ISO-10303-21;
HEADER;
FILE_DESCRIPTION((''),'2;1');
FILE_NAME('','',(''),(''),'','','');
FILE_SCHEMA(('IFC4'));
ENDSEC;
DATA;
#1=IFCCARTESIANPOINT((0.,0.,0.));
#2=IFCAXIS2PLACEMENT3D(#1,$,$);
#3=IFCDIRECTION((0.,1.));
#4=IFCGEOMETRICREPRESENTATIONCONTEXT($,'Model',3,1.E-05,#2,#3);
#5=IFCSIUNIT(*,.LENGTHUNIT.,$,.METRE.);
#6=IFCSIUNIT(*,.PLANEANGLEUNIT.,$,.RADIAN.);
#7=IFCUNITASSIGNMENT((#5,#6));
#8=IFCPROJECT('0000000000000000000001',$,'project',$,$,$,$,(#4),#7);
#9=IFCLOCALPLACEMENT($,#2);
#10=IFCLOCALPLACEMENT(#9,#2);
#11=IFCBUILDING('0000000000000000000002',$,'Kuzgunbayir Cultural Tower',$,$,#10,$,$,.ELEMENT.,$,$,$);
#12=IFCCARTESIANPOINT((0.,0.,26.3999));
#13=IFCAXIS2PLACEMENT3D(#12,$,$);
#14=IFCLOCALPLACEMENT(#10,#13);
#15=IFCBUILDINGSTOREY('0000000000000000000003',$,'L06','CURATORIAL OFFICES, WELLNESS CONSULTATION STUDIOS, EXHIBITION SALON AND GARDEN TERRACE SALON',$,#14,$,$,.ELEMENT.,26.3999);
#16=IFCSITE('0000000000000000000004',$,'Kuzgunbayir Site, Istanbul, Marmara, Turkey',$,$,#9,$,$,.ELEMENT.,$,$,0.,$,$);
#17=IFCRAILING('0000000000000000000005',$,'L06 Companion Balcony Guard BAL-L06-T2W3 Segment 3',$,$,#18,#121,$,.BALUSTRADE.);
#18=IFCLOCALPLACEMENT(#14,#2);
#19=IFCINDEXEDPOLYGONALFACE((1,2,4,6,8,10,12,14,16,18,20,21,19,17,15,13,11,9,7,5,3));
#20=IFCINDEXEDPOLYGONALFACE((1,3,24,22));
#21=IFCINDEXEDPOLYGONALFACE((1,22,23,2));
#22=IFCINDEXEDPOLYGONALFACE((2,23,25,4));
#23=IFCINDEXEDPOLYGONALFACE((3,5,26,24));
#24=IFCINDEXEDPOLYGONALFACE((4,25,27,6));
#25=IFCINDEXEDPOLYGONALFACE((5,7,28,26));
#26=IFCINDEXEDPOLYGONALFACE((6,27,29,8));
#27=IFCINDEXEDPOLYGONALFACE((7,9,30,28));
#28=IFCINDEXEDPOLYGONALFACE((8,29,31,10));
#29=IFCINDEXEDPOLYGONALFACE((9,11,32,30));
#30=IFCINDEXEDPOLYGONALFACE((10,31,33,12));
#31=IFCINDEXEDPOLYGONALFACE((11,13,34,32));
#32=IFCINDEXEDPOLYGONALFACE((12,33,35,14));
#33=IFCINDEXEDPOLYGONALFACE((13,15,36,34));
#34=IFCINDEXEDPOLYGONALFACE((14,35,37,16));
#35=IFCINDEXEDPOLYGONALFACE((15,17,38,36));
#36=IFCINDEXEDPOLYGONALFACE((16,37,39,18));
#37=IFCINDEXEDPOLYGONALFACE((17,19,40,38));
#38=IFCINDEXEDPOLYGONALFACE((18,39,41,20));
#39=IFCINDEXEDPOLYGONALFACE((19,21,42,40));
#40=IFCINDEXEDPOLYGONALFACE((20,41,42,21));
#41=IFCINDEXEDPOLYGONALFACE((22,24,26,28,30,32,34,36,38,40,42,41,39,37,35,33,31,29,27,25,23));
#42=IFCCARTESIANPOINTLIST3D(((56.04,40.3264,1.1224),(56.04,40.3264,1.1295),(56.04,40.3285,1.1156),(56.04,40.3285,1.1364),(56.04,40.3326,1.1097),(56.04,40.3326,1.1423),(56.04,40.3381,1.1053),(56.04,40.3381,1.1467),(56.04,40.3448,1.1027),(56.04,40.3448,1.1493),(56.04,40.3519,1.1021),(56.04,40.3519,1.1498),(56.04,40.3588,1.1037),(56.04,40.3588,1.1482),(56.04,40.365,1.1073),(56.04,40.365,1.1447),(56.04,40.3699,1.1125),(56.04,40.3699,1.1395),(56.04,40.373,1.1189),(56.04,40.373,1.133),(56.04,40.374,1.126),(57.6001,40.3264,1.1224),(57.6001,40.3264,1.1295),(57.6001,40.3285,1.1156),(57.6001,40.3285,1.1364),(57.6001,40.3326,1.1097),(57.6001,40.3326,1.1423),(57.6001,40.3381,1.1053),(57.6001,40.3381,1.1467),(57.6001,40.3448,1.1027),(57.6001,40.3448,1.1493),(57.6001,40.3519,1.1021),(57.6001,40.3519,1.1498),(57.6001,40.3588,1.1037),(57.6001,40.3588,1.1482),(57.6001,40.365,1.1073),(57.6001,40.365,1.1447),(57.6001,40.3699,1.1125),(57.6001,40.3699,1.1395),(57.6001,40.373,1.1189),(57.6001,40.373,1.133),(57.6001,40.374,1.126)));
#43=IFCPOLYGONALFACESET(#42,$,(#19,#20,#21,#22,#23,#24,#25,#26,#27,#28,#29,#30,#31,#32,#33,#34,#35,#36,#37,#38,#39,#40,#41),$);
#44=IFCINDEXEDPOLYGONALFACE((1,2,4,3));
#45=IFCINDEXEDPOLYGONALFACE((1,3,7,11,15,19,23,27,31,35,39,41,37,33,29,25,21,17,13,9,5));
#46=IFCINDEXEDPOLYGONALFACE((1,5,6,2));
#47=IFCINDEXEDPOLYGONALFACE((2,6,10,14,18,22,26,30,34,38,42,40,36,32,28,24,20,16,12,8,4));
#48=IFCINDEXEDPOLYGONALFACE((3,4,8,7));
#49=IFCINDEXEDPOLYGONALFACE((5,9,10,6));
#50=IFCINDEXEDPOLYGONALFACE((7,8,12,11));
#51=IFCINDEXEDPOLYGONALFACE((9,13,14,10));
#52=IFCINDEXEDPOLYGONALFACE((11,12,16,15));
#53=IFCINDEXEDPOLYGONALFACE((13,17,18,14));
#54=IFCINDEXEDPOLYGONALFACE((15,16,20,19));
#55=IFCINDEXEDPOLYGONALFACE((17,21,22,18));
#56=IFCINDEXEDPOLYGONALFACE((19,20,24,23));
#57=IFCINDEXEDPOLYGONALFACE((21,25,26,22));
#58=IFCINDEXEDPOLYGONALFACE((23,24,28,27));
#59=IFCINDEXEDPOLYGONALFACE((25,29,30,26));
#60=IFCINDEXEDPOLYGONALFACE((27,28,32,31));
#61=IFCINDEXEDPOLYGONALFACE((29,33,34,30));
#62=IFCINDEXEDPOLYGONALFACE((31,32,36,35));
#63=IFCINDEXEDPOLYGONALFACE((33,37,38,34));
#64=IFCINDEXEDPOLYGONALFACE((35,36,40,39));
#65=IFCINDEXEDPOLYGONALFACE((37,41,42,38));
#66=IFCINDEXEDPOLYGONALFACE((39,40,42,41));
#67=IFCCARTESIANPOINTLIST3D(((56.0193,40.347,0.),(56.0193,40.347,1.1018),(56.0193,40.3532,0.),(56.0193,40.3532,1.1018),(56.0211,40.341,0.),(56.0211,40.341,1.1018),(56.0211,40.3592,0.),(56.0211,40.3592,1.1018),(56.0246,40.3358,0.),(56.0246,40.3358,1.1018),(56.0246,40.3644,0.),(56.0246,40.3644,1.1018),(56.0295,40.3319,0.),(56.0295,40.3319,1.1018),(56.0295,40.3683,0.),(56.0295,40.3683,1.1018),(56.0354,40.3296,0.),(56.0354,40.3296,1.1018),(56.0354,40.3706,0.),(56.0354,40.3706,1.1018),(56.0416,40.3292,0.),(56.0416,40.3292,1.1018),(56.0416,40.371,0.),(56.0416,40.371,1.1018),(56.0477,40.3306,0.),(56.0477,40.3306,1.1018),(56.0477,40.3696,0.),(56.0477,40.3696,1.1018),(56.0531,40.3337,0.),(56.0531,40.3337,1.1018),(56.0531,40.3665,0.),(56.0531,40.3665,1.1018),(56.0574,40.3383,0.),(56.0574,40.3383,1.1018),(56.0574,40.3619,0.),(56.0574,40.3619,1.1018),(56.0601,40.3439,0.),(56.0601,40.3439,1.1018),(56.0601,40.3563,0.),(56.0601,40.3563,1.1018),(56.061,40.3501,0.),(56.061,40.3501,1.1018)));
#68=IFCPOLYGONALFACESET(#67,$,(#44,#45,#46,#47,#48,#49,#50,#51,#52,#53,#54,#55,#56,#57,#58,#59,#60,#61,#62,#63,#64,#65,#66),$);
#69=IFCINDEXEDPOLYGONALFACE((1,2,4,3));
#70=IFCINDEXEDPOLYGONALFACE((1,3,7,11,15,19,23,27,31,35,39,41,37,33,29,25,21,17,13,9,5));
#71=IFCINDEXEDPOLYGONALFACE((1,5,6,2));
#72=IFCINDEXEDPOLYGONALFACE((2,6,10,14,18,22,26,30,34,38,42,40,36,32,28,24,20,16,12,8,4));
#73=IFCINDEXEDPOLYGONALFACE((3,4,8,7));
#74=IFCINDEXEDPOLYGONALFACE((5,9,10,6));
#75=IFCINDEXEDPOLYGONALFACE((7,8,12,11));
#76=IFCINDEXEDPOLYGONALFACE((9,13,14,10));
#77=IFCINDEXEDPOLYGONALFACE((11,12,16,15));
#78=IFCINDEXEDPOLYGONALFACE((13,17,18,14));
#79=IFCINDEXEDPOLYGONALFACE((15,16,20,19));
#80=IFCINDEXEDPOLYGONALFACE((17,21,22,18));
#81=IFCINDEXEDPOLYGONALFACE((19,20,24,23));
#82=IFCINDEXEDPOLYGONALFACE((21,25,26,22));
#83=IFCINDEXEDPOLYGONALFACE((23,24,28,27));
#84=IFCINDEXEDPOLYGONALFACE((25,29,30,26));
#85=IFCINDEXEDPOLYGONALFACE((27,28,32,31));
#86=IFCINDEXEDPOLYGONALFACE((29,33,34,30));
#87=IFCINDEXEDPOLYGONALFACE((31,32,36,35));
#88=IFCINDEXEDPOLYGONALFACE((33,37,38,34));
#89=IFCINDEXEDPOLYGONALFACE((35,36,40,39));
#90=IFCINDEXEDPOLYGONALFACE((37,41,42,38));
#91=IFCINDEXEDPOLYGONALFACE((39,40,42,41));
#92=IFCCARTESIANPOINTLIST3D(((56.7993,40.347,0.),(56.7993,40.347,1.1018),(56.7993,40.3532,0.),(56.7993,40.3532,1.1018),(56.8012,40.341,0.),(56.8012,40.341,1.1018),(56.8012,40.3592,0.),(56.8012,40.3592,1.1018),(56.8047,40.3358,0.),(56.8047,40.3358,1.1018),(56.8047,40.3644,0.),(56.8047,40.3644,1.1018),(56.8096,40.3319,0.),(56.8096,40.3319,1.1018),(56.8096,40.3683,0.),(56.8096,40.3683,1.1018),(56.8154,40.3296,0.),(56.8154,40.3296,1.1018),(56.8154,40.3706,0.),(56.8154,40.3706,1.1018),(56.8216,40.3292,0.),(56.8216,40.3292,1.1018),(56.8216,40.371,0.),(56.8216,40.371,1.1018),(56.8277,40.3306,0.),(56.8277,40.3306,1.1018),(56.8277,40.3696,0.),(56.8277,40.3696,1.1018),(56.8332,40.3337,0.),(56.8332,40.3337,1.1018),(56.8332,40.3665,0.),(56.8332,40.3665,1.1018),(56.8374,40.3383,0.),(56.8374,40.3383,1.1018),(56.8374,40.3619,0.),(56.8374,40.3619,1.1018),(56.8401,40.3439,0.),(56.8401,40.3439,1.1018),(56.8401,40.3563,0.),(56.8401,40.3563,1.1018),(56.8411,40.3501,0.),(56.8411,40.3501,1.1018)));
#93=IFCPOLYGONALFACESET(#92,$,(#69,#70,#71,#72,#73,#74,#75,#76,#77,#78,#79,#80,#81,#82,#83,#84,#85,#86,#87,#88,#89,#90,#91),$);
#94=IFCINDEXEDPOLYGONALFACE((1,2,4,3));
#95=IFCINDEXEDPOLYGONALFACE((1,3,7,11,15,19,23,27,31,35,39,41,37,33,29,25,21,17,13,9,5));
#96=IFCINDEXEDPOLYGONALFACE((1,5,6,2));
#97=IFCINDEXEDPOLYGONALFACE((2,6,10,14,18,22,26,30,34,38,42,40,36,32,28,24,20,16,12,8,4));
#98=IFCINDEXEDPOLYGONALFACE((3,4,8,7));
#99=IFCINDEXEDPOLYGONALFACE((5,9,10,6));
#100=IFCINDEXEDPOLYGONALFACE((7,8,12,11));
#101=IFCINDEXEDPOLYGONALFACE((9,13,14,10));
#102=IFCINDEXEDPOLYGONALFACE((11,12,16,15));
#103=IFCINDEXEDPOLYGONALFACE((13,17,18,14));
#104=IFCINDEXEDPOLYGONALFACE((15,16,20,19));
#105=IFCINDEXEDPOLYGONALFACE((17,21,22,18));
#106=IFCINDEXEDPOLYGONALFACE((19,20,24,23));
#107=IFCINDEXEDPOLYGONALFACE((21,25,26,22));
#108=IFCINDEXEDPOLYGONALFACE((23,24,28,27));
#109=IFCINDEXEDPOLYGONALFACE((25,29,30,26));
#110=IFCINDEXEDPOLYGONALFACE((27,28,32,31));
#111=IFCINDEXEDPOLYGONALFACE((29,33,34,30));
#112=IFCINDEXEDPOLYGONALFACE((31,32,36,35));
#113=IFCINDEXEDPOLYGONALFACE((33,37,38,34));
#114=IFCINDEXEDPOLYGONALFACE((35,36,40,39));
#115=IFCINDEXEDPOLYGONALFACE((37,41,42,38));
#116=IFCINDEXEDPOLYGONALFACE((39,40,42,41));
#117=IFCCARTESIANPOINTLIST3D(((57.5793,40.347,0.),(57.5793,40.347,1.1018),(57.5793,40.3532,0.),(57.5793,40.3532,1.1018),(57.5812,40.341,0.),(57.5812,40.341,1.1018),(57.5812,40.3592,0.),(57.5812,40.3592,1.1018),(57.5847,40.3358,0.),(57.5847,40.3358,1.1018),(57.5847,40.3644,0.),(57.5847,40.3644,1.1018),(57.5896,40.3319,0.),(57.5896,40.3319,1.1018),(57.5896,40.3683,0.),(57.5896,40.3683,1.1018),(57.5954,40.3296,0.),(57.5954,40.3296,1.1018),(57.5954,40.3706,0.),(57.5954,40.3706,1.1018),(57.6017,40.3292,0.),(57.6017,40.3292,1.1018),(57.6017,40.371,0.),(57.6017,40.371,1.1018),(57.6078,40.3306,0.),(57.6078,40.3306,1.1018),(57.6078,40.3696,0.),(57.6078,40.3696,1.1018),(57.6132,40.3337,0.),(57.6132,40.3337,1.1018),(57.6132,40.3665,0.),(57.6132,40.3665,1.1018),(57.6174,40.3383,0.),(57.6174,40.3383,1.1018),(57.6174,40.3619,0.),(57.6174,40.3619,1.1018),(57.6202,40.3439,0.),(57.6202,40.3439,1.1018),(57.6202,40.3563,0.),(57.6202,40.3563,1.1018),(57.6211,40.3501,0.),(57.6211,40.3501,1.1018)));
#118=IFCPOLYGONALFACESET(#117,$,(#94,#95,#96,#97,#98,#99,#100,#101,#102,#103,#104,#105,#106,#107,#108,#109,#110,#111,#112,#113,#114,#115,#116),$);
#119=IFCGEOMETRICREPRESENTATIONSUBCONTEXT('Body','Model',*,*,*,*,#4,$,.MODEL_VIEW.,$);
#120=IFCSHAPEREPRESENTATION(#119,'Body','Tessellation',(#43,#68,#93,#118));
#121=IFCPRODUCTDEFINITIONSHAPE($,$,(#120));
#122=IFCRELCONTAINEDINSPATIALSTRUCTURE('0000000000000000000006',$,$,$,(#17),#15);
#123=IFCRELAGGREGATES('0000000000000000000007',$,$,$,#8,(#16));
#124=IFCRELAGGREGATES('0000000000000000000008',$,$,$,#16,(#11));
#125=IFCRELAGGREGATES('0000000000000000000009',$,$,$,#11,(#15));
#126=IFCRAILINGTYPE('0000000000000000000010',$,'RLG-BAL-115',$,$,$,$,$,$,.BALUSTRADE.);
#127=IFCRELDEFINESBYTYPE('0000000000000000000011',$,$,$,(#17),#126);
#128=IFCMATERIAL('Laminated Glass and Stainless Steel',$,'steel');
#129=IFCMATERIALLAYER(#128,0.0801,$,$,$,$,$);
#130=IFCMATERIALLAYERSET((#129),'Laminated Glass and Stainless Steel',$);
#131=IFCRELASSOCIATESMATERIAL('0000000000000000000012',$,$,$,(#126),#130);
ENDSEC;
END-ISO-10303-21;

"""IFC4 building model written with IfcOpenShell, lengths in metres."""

from ifc_helpers import new_model, si_unit, direction, frame, origin, origin_2d, place, context, subcontext, project, spatial, circle, extrude, material, layer, layer_set, type_object, element, save


model = new_model("IFC4")

# Units and contexts
model_context = context("Model", 3, precision=1e-05, world=origin(), true_north=direction((0.0, 1.0)))
body_context = subcontext(model_context, "Body", "Model", "MODEL_VIEW")
ifc_project = project(units=[si_unit("LENGTHUNIT", "METRE"), si_unit("PLANEANGLEUNIT", "RADIAN")], contexts=[model_context])

# Site, building, storey
site_placement = place(None, origin())
site = spatial("IfcSite", under=ifc_project, at=site_placement, Name="Kuzgunbayir Site, Istanbul, Marmara, Turkey", CompositionType="ELEMENT", RefElevation=0.0)
building_placement = place(site_placement, origin())
building = spatial("IfcBuilding", under=site, at=building_placement, Name="Kuzgunbayir Cultural Tower", CompositionType="ELEMENT")
storey_placement = place(building_placement, frame((0.0, 0.0, 26.3999)))
storey = spatial("IfcBuildingStorey", under=building, at=storey_placement, Name="L06", Description="CURATORIAL OFFICES, WELLNESS CONSULTATION STUDIOS, EXHIBITION SALON AND GARDEN TERRACE SALON", CompositionType="ELEMENT", Elevation=26.3999)

# Railing
ifc_material_1 = material(Name="Laminated Glass and Stainless Steel", Category="steel")
ifc_layer_1 = layer(ifc_material_1, 0.0801)
ifc_layer_set_1 = layer_set([ifc_layer_1], Name="Laminated Glass and Stainless Steel")
railing_type = type_object("IfcRailingType", Name="RLG-BAL-115", PredefinedType="BALUSTRADE", material=ifc_layer_set_1)
railing_1_placement = place(storey_placement, frame((56.04, 40.3501, 0.0)))
element("IfcRailing", 1, at=railing_1_placement, inside=storey, type_object=railing_type, Name="L06 Companion Balcony Guard BAL-L06-T2W3 Segment 3", PredefinedType="BALUSTRADE", context=body_context, shape_type="SweptSolid", body=[
    extrude(circle(Radius=0.0239, at=origin_2d()), frame((0.0, 0.0, 1.126), z_axis=(1.0, 0.0, 0.0), x_axis=(0.0, 1.0, 0.0)), (0.0, 0.0, 1.0), 1.5601),
    extrude(circle(Radius=0.021, at=origin_2d()), origin(), (0.0, 0.0, 1.0), 1.1018),
    extrude(circle(Radius=0.021, at=origin_2d()), frame((0.78, 0.0, 0.0)), (0.0, 0.0, 1.0), 1.1018),
    extrude(circle(Radius=0.021, at=origin_2d()), frame((1.5601, 0.0, 0.0)), (0.0, 0.0, 1.0), 1.1018),
])

save(model, "model.ifc")
